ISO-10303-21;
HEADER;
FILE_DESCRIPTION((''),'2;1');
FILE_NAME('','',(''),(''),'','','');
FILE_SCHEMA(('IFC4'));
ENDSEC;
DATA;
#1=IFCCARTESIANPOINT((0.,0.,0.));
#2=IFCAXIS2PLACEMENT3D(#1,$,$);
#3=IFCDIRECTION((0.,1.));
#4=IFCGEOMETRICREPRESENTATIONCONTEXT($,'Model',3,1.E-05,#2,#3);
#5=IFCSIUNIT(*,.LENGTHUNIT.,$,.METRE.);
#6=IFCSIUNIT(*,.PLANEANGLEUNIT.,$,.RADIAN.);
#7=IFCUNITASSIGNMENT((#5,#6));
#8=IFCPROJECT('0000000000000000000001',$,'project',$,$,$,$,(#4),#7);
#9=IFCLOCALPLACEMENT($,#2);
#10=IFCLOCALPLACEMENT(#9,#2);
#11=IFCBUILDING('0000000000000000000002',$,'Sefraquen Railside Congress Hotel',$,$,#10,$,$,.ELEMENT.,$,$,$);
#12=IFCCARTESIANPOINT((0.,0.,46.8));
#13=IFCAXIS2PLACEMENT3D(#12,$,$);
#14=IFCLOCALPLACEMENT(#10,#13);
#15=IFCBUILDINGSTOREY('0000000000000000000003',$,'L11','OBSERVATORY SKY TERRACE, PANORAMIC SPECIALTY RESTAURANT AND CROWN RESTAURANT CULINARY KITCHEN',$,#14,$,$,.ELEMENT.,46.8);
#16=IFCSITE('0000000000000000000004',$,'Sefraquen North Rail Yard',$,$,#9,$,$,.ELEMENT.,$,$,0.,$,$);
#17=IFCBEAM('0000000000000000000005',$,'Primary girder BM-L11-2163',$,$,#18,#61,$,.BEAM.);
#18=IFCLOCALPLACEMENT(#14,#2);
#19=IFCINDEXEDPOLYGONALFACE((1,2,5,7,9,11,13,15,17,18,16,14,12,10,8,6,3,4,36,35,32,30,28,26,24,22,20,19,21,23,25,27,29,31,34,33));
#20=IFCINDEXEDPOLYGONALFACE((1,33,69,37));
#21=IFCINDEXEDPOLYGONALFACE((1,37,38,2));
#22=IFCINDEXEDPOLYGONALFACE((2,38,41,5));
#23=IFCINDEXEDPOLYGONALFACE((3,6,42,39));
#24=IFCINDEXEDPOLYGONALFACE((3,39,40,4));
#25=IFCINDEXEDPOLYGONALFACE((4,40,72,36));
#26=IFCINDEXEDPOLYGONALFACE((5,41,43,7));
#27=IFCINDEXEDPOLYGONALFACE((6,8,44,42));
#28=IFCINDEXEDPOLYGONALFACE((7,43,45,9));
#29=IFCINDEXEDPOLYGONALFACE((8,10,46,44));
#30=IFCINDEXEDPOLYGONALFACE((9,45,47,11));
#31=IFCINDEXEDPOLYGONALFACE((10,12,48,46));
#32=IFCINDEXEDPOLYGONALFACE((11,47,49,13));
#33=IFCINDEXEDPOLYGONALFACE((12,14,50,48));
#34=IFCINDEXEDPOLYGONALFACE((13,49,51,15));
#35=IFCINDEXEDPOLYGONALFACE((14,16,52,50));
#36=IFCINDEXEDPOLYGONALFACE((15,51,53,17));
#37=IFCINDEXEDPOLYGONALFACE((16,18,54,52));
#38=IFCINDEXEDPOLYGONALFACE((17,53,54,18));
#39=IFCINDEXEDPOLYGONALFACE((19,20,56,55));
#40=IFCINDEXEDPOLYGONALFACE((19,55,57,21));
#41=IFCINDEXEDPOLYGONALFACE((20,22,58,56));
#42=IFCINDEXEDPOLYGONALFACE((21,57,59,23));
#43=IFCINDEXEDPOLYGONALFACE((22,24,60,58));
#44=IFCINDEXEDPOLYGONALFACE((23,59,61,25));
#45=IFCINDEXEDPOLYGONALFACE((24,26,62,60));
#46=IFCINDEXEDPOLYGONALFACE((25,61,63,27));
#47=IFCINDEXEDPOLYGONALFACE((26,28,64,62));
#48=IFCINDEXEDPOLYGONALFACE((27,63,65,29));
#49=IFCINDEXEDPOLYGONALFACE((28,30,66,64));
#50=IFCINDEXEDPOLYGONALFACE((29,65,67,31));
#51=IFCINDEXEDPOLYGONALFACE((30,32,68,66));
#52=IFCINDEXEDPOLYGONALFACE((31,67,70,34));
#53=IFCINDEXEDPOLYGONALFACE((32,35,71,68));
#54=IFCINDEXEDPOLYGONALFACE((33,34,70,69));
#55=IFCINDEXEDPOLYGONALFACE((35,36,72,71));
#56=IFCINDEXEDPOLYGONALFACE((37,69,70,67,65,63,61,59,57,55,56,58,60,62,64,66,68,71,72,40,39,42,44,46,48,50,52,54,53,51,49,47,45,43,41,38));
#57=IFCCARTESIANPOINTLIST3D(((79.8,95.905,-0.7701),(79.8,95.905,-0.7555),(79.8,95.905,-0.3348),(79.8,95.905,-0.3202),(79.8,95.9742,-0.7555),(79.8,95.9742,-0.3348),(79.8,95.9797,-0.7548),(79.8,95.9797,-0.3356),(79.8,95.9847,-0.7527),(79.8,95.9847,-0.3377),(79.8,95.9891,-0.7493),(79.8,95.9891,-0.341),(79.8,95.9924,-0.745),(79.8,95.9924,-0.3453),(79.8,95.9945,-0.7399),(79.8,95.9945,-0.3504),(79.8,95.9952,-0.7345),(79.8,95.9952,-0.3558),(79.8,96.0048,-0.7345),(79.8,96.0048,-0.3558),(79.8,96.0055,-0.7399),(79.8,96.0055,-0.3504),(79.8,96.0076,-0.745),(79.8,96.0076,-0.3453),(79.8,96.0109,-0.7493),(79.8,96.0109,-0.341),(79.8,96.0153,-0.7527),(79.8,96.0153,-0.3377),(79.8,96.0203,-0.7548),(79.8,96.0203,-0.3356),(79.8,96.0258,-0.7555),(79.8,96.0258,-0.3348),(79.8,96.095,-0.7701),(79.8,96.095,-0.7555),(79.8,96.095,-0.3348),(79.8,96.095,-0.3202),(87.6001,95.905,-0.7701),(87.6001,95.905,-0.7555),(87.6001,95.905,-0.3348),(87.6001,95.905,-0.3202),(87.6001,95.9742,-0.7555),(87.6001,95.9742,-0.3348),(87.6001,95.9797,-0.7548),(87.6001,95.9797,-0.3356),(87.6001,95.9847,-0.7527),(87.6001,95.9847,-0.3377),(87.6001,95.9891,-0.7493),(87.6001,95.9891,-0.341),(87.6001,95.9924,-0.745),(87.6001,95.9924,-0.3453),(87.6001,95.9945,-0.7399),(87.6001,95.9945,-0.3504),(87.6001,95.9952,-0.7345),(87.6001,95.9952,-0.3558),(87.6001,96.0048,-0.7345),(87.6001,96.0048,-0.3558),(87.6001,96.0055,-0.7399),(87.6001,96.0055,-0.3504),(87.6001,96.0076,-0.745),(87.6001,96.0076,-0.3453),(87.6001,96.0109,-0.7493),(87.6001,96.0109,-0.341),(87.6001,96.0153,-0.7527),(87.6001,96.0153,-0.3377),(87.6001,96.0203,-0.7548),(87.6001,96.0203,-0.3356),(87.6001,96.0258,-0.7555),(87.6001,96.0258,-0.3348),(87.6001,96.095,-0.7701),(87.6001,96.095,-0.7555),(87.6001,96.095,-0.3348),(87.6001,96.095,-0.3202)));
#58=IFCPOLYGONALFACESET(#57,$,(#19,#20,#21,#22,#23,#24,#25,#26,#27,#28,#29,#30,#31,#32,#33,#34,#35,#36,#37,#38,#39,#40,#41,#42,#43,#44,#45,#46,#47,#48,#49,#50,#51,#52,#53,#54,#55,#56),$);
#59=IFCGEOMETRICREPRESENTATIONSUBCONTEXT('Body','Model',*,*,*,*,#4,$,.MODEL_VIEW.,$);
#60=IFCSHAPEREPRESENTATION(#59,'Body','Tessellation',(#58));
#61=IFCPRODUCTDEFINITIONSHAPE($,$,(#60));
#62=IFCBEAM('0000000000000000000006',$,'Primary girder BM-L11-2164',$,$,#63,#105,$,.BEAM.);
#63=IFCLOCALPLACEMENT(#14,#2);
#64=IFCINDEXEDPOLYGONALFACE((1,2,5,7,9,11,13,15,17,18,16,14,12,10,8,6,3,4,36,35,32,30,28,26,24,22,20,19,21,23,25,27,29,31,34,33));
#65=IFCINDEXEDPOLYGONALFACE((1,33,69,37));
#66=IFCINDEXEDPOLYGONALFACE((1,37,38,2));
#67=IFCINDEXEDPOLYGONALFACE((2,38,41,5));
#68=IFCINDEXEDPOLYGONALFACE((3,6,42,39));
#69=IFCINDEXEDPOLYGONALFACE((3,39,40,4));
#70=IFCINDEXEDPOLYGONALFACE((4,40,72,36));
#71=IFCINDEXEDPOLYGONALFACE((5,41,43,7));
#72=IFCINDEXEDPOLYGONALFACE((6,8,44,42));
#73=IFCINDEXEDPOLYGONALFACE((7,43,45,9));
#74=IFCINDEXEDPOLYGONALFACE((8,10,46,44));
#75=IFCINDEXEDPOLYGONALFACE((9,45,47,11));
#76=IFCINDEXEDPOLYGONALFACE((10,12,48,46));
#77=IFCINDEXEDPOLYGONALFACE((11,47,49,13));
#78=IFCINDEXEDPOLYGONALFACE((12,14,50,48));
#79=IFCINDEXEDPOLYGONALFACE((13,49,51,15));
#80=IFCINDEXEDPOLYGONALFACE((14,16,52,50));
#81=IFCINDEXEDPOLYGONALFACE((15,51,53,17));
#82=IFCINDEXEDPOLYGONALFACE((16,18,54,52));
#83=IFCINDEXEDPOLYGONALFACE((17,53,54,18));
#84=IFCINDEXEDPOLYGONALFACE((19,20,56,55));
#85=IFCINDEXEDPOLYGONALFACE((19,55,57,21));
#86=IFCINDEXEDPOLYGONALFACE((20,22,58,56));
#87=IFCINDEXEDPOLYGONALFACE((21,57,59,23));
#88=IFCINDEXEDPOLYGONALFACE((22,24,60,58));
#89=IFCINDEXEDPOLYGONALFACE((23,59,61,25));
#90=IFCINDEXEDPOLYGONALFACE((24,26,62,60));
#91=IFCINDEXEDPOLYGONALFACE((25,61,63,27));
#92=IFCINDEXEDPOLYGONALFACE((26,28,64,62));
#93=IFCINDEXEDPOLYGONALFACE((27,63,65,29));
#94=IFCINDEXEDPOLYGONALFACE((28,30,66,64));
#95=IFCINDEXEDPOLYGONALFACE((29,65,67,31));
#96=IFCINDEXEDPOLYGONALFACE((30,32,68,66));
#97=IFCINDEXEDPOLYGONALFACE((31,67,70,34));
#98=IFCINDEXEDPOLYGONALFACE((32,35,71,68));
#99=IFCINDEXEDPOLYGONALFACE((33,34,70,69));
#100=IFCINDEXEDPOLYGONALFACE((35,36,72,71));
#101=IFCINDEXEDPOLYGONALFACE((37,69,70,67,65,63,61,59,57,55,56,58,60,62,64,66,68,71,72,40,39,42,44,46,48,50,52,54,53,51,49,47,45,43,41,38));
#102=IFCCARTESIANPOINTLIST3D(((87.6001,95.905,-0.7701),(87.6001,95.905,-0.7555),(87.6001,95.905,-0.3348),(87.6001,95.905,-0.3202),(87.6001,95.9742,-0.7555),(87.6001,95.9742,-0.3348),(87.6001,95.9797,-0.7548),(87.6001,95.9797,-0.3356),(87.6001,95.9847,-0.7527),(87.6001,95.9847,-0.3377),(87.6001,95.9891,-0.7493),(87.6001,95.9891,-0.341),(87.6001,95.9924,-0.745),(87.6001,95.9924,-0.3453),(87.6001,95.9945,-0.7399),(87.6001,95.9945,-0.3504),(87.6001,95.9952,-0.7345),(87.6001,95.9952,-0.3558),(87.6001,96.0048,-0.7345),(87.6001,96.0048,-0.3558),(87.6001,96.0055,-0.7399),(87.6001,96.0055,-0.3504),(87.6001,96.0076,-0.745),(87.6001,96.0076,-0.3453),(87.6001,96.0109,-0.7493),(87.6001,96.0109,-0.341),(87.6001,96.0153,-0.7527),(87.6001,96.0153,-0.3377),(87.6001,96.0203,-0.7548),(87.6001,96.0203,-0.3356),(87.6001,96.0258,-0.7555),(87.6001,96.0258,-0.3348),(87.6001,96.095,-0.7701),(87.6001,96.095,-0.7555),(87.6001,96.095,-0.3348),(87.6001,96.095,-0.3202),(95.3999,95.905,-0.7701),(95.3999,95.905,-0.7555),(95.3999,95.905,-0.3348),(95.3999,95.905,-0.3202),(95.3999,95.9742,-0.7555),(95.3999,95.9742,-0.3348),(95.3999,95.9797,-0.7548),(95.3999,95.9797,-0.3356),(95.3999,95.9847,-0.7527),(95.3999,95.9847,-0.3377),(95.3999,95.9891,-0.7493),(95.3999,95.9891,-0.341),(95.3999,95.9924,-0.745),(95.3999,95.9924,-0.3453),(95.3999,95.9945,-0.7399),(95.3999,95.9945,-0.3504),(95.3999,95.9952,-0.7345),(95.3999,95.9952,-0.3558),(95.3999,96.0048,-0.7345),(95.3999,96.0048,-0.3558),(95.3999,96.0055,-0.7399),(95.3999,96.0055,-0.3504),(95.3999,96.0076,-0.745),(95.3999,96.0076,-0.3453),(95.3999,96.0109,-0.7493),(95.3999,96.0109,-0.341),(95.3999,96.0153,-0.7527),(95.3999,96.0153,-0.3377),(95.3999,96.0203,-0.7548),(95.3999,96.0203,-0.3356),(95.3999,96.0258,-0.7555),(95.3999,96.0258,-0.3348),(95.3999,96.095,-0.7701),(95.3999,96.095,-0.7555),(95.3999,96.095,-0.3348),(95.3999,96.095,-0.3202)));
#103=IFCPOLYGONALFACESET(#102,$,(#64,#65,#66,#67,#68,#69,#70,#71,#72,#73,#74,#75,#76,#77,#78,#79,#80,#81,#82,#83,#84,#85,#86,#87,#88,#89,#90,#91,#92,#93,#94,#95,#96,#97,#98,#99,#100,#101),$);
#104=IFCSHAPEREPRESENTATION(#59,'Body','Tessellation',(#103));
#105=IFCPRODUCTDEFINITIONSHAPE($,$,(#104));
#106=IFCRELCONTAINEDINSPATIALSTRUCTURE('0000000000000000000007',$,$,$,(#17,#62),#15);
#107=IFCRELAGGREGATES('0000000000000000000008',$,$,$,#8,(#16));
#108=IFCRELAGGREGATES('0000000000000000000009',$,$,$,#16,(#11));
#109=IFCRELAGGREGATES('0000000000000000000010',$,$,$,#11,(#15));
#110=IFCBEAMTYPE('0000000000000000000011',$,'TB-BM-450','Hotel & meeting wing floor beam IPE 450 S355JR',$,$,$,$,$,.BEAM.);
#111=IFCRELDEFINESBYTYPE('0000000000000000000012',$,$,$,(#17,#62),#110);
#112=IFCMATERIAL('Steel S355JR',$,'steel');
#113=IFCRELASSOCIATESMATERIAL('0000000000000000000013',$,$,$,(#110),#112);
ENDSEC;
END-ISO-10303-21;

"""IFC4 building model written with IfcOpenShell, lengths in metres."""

from ifc_helpers import new_model, si_unit, direction, frame, origin, origin_2d, place, context, subcontext, project, spatial, i_section, extrude, material, material_profile, profile_set, type_object, element, save


model = new_model("IFC4")

# Units and contexts
model_context = context("Model", 3, precision=1e-05, world=origin(), true_north=direction((0.0, 1.0)))
body_context = subcontext(model_context, "Body", "Model", "MODEL_VIEW")
ifc_project = project(units=[si_unit("LENGTHUNIT", "METRE"), si_unit("PLANEANGLEUNIT", "RADIAN")], contexts=[model_context])

# Site, building, storey
site_placement = place(None, origin())
site = spatial("IfcSite", under=ifc_project, at=site_placement, Name="Sefraquen North Rail Yard", CompositionType="ELEMENT", RefElevation=0.0)
building_placement = place(site_placement, origin())
building = spatial("IfcBuilding", under=site, at=building_placement, Name="Sefraquen Railside Congress Hotel", CompositionType="ELEMENT")
storey_placement = place(building_placement, frame((0.0, 0.0, 46.8)))
storey = spatial("IfcBuildingStorey", under=building, at=storey_placement, Name="L11", Description="OBSERVATORY SKY TERRACE, PANORAMIC SPECIALTY RESTAURANT AND CROWN RESTAURANT CULINARY KITCHEN", CompositionType="ELEMENT", Elevation=46.8)

# Shared definitions
ifc_material = material(Name="Steel S355JR", Category="steel")

# Beams
ifc_material_profile_1 = material_profile(ifc_material, i_section(OverallWidth=0.1899, OverallDepth=0.45, WebThickness=0.0095, FlangeThickness=0.0146, FilletRadius=0.021, at=origin_2d()), Name="IPE 450")
ifc_profile_set_1 = profile_set([ifc_material_profile_1], Name="Steel S355JR")
beam_type_1 = type_object("IfcBeamType", Name="TB-BM-450", Description="Hotel & meeting wing floor beam IPE 450 S355JR", PredefinedType="BEAM", material=ifc_profile_set_1)
for number, where, z_axis, x_axis, name in (
    (1, (79.8, 96.0, -0.5452), (1.0, 0.0, 0.0), (0.0, 1.0, 0.0), "Primary girder BM-L11-2163"),
):
    element("IfcBeam", number, at=place(storey_placement, frame(where, z_axis=z_axis, x_axis=x_axis)), inside=storey, type_object=beam_type_1, Name=name, PredefinedType="BEAM", context=body_context, shape_type="SweptSolid", body=[
        extrude(i_section(OverallWidth=0.1899, OverallDepth=0.45, WebThickness=0.0095, FlangeThickness=0.0146, FilletRadius=0.021, at=origin_2d()), origin(), (0.0, 0.0, 1.0), 7.8),
    ])
beam_1_placement = place(storey_placement, frame((87.6001, 96.0, -0.5452), z_axis=(1.0, 0.0, 0.0), x_axis=(0.0, 1.0, 0.0)))
element("IfcBeam", 2, at=beam_1_placement, inside=storey, type_object=beam_type_1, Name="Primary girder BM-L11-2164", PredefinedType="BEAM", context=body_context, shape_type="SweptSolid", body=[
    extrude(i_section(OverallWidth=0.1899, OverallDepth=0.45, WebThickness=0.0095, FlangeThickness=0.0146, FilletRadius=0.021, at=origin_2d()), origin(), (0.0, 0.0, 1.0), 7.7998),
])

save(model, "model.ifc")
